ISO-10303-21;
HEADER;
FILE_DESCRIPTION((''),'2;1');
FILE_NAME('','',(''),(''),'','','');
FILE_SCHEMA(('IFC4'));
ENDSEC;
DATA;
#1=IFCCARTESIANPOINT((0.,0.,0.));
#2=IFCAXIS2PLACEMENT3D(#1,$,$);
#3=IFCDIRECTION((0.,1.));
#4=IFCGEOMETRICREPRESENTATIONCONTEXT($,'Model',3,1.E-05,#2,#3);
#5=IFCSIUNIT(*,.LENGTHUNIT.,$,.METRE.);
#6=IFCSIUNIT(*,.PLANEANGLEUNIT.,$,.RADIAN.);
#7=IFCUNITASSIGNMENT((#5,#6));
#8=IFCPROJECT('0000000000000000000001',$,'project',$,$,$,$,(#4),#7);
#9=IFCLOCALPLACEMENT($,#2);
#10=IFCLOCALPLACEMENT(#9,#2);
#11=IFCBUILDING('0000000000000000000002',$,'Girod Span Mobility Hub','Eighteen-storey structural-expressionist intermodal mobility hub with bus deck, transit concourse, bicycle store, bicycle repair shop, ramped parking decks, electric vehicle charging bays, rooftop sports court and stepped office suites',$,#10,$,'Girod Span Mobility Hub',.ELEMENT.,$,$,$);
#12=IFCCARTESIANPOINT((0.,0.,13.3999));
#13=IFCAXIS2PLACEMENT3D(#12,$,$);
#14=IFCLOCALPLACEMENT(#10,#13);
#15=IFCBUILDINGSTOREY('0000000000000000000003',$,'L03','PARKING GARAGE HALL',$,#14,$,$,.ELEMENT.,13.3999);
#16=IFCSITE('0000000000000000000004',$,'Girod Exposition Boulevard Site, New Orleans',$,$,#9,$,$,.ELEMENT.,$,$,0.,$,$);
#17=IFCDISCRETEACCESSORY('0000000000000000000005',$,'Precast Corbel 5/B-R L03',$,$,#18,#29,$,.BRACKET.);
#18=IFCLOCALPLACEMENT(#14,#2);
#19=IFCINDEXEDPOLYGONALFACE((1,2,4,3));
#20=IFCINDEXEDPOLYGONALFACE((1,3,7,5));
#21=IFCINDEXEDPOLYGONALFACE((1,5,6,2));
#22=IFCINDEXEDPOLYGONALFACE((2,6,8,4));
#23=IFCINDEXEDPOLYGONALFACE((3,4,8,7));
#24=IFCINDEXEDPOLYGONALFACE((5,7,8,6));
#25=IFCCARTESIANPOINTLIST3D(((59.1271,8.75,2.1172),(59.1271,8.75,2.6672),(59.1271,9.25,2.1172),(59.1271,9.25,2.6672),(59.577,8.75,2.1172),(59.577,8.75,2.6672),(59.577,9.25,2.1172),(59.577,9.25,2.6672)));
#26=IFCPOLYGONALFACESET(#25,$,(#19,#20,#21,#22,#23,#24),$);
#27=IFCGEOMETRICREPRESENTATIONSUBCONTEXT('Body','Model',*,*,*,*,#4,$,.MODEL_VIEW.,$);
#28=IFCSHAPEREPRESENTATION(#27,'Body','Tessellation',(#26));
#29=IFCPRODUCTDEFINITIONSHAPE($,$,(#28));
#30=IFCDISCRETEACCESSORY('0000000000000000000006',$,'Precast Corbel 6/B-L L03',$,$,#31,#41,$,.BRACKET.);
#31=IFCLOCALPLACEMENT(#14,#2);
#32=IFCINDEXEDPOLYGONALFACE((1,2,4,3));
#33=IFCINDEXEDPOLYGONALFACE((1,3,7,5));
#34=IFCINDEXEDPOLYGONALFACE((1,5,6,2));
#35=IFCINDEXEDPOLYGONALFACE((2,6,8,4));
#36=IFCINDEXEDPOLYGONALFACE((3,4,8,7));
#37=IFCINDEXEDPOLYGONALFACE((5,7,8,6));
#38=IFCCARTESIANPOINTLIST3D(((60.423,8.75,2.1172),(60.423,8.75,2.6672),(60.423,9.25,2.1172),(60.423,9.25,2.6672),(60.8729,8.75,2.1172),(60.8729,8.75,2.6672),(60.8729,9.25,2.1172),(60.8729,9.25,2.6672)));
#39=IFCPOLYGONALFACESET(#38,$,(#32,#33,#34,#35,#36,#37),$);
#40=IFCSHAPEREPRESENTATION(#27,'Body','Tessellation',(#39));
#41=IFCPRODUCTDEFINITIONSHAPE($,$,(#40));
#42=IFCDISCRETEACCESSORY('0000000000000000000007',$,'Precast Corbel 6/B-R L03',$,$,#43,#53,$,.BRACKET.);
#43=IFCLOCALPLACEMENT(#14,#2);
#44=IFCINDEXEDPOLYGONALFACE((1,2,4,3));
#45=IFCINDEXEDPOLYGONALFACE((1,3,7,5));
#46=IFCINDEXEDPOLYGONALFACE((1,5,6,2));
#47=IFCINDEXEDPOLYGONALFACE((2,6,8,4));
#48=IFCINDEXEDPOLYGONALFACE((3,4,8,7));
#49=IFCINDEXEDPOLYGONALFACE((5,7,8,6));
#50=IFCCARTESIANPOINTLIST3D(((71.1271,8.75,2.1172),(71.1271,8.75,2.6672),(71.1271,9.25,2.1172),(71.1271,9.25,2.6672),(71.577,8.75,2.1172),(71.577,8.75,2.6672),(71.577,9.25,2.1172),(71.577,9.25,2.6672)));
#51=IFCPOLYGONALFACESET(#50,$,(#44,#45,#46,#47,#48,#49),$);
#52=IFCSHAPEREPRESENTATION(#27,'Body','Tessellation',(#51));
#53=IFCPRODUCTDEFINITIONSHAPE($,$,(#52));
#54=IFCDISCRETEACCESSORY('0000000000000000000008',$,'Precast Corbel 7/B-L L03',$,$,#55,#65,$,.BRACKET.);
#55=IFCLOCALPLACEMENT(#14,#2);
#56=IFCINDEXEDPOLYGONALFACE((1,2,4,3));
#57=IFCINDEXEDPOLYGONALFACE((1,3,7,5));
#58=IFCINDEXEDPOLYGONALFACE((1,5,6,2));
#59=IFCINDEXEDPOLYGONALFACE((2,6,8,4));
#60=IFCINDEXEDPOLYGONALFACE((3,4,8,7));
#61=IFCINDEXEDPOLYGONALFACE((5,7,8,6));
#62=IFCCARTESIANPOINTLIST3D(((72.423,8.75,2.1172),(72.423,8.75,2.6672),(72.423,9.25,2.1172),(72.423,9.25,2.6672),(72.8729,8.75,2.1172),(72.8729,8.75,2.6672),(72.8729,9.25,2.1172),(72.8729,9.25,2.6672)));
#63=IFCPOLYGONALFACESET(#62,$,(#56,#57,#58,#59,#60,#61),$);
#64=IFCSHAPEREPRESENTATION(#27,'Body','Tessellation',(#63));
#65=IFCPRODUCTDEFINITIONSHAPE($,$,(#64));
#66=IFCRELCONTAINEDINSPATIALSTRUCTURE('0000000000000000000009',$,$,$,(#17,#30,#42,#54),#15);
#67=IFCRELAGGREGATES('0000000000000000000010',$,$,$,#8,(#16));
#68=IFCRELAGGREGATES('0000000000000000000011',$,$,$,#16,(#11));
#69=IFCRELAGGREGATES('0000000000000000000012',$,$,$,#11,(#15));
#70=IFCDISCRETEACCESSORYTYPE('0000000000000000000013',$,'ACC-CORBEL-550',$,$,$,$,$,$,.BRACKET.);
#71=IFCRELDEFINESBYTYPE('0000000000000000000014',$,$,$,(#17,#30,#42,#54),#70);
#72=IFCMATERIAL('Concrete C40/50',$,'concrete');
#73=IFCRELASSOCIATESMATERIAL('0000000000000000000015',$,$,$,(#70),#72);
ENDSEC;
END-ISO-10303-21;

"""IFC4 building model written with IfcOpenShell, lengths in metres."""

from ifc_helpers import new_model, si_unit, direction, frame, origin, origin_2d, place, context, subcontext, project, spatial, rectangle, extrude, material, type_object, element, save


model = new_model("IFC4")

# Units and contexts
model_context = context("Model", 3, precision=1e-05, world=origin(), true_north=direction((0.0, 1.0)))
body_context = subcontext(model_context, "Body", "Model", "MODEL_VIEW")
ifc_project = project(units=[si_unit("LENGTHUNIT", "METRE"), si_unit("PLANEANGLEUNIT", "RADIAN")], contexts=[model_context])

# Site, building, storey
site_placement = place(None, origin())
site = spatial("IfcSite", under=ifc_project, at=site_placement, Name="Girod Exposition Boulevard Site, New Orleans", CompositionType="ELEMENT", RefElevation=0.0)
building_placement = place(site_placement, origin())
building = spatial("IfcBuilding", under=site, at=building_placement, Name="Girod Span Mobility Hub", Description="Eighteen-storey structural-expressionist intermodal mobility hub with bus deck, transit concourse, bicycle store, bicycle repair shop, ramped parking decks, electric vehicle charging bays, rooftop sports court and stepped office suites", LongName="Girod Span Mobility Hub", CompositionType="ELEMENT")
storey_placement = place(building_placement, frame((0.0, 0.0, 13.3999)))
storey = spatial("IfcBuildingStorey", under=building, at=storey_placement, Name="L03", Description="PARKING GARAGE HALL", CompositionType="ELEMENT", Elevation=13.3999)

# Discrete accessories
ifc_material_1 = material(Name="Concrete C40/50", Category="concrete")
discrete_accessory_type = type_object("IfcDiscreteAccessoryType", Name="ACC-CORBEL-550", PredefinedType="BRACKET", material=ifc_material_1)
for number, where, z_axis, x_axis, name in (
    (1, (59.3521, 9.0, 2.1172), (0.0, 0.0, 1.0), (1.0, 0.0, 0.0), "Precast Corbel 5/B-R L03"),
    (2, (60.6479, 9.0, 2.1172), (0.0, 0.0, 1.0), (1.0, 0.0, 0.0), "Precast Corbel 6/B-L L03"),
    (3, (71.3521, 9.0, 2.1172), (0.0, 0.0, 1.0), (1.0, 0.0, 0.0), "Precast Corbel 6/B-R L03"),
    (4, (72.6479, 9.0, 2.1172), (0.0, 0.0, 1.0), (1.0, 0.0, 0.0), "Precast Corbel 7/B-L L03"),
):
    element("IfcDiscreteAccessory", number, at=place(storey_placement, frame(where, z_axis=z_axis, x_axis=x_axis)), inside=storey, type_object=discrete_accessory_type, Name=name, PredefinedType="BRACKET", context=body_context, shape_type="SweptSolid", body=[
        extrude(rectangle(XDim=0.45, YDim=0.5, at=origin_2d()), origin(), (0.0, 0.0, 1.0), 0.55),
    ])

save(model, "model.ifc")
